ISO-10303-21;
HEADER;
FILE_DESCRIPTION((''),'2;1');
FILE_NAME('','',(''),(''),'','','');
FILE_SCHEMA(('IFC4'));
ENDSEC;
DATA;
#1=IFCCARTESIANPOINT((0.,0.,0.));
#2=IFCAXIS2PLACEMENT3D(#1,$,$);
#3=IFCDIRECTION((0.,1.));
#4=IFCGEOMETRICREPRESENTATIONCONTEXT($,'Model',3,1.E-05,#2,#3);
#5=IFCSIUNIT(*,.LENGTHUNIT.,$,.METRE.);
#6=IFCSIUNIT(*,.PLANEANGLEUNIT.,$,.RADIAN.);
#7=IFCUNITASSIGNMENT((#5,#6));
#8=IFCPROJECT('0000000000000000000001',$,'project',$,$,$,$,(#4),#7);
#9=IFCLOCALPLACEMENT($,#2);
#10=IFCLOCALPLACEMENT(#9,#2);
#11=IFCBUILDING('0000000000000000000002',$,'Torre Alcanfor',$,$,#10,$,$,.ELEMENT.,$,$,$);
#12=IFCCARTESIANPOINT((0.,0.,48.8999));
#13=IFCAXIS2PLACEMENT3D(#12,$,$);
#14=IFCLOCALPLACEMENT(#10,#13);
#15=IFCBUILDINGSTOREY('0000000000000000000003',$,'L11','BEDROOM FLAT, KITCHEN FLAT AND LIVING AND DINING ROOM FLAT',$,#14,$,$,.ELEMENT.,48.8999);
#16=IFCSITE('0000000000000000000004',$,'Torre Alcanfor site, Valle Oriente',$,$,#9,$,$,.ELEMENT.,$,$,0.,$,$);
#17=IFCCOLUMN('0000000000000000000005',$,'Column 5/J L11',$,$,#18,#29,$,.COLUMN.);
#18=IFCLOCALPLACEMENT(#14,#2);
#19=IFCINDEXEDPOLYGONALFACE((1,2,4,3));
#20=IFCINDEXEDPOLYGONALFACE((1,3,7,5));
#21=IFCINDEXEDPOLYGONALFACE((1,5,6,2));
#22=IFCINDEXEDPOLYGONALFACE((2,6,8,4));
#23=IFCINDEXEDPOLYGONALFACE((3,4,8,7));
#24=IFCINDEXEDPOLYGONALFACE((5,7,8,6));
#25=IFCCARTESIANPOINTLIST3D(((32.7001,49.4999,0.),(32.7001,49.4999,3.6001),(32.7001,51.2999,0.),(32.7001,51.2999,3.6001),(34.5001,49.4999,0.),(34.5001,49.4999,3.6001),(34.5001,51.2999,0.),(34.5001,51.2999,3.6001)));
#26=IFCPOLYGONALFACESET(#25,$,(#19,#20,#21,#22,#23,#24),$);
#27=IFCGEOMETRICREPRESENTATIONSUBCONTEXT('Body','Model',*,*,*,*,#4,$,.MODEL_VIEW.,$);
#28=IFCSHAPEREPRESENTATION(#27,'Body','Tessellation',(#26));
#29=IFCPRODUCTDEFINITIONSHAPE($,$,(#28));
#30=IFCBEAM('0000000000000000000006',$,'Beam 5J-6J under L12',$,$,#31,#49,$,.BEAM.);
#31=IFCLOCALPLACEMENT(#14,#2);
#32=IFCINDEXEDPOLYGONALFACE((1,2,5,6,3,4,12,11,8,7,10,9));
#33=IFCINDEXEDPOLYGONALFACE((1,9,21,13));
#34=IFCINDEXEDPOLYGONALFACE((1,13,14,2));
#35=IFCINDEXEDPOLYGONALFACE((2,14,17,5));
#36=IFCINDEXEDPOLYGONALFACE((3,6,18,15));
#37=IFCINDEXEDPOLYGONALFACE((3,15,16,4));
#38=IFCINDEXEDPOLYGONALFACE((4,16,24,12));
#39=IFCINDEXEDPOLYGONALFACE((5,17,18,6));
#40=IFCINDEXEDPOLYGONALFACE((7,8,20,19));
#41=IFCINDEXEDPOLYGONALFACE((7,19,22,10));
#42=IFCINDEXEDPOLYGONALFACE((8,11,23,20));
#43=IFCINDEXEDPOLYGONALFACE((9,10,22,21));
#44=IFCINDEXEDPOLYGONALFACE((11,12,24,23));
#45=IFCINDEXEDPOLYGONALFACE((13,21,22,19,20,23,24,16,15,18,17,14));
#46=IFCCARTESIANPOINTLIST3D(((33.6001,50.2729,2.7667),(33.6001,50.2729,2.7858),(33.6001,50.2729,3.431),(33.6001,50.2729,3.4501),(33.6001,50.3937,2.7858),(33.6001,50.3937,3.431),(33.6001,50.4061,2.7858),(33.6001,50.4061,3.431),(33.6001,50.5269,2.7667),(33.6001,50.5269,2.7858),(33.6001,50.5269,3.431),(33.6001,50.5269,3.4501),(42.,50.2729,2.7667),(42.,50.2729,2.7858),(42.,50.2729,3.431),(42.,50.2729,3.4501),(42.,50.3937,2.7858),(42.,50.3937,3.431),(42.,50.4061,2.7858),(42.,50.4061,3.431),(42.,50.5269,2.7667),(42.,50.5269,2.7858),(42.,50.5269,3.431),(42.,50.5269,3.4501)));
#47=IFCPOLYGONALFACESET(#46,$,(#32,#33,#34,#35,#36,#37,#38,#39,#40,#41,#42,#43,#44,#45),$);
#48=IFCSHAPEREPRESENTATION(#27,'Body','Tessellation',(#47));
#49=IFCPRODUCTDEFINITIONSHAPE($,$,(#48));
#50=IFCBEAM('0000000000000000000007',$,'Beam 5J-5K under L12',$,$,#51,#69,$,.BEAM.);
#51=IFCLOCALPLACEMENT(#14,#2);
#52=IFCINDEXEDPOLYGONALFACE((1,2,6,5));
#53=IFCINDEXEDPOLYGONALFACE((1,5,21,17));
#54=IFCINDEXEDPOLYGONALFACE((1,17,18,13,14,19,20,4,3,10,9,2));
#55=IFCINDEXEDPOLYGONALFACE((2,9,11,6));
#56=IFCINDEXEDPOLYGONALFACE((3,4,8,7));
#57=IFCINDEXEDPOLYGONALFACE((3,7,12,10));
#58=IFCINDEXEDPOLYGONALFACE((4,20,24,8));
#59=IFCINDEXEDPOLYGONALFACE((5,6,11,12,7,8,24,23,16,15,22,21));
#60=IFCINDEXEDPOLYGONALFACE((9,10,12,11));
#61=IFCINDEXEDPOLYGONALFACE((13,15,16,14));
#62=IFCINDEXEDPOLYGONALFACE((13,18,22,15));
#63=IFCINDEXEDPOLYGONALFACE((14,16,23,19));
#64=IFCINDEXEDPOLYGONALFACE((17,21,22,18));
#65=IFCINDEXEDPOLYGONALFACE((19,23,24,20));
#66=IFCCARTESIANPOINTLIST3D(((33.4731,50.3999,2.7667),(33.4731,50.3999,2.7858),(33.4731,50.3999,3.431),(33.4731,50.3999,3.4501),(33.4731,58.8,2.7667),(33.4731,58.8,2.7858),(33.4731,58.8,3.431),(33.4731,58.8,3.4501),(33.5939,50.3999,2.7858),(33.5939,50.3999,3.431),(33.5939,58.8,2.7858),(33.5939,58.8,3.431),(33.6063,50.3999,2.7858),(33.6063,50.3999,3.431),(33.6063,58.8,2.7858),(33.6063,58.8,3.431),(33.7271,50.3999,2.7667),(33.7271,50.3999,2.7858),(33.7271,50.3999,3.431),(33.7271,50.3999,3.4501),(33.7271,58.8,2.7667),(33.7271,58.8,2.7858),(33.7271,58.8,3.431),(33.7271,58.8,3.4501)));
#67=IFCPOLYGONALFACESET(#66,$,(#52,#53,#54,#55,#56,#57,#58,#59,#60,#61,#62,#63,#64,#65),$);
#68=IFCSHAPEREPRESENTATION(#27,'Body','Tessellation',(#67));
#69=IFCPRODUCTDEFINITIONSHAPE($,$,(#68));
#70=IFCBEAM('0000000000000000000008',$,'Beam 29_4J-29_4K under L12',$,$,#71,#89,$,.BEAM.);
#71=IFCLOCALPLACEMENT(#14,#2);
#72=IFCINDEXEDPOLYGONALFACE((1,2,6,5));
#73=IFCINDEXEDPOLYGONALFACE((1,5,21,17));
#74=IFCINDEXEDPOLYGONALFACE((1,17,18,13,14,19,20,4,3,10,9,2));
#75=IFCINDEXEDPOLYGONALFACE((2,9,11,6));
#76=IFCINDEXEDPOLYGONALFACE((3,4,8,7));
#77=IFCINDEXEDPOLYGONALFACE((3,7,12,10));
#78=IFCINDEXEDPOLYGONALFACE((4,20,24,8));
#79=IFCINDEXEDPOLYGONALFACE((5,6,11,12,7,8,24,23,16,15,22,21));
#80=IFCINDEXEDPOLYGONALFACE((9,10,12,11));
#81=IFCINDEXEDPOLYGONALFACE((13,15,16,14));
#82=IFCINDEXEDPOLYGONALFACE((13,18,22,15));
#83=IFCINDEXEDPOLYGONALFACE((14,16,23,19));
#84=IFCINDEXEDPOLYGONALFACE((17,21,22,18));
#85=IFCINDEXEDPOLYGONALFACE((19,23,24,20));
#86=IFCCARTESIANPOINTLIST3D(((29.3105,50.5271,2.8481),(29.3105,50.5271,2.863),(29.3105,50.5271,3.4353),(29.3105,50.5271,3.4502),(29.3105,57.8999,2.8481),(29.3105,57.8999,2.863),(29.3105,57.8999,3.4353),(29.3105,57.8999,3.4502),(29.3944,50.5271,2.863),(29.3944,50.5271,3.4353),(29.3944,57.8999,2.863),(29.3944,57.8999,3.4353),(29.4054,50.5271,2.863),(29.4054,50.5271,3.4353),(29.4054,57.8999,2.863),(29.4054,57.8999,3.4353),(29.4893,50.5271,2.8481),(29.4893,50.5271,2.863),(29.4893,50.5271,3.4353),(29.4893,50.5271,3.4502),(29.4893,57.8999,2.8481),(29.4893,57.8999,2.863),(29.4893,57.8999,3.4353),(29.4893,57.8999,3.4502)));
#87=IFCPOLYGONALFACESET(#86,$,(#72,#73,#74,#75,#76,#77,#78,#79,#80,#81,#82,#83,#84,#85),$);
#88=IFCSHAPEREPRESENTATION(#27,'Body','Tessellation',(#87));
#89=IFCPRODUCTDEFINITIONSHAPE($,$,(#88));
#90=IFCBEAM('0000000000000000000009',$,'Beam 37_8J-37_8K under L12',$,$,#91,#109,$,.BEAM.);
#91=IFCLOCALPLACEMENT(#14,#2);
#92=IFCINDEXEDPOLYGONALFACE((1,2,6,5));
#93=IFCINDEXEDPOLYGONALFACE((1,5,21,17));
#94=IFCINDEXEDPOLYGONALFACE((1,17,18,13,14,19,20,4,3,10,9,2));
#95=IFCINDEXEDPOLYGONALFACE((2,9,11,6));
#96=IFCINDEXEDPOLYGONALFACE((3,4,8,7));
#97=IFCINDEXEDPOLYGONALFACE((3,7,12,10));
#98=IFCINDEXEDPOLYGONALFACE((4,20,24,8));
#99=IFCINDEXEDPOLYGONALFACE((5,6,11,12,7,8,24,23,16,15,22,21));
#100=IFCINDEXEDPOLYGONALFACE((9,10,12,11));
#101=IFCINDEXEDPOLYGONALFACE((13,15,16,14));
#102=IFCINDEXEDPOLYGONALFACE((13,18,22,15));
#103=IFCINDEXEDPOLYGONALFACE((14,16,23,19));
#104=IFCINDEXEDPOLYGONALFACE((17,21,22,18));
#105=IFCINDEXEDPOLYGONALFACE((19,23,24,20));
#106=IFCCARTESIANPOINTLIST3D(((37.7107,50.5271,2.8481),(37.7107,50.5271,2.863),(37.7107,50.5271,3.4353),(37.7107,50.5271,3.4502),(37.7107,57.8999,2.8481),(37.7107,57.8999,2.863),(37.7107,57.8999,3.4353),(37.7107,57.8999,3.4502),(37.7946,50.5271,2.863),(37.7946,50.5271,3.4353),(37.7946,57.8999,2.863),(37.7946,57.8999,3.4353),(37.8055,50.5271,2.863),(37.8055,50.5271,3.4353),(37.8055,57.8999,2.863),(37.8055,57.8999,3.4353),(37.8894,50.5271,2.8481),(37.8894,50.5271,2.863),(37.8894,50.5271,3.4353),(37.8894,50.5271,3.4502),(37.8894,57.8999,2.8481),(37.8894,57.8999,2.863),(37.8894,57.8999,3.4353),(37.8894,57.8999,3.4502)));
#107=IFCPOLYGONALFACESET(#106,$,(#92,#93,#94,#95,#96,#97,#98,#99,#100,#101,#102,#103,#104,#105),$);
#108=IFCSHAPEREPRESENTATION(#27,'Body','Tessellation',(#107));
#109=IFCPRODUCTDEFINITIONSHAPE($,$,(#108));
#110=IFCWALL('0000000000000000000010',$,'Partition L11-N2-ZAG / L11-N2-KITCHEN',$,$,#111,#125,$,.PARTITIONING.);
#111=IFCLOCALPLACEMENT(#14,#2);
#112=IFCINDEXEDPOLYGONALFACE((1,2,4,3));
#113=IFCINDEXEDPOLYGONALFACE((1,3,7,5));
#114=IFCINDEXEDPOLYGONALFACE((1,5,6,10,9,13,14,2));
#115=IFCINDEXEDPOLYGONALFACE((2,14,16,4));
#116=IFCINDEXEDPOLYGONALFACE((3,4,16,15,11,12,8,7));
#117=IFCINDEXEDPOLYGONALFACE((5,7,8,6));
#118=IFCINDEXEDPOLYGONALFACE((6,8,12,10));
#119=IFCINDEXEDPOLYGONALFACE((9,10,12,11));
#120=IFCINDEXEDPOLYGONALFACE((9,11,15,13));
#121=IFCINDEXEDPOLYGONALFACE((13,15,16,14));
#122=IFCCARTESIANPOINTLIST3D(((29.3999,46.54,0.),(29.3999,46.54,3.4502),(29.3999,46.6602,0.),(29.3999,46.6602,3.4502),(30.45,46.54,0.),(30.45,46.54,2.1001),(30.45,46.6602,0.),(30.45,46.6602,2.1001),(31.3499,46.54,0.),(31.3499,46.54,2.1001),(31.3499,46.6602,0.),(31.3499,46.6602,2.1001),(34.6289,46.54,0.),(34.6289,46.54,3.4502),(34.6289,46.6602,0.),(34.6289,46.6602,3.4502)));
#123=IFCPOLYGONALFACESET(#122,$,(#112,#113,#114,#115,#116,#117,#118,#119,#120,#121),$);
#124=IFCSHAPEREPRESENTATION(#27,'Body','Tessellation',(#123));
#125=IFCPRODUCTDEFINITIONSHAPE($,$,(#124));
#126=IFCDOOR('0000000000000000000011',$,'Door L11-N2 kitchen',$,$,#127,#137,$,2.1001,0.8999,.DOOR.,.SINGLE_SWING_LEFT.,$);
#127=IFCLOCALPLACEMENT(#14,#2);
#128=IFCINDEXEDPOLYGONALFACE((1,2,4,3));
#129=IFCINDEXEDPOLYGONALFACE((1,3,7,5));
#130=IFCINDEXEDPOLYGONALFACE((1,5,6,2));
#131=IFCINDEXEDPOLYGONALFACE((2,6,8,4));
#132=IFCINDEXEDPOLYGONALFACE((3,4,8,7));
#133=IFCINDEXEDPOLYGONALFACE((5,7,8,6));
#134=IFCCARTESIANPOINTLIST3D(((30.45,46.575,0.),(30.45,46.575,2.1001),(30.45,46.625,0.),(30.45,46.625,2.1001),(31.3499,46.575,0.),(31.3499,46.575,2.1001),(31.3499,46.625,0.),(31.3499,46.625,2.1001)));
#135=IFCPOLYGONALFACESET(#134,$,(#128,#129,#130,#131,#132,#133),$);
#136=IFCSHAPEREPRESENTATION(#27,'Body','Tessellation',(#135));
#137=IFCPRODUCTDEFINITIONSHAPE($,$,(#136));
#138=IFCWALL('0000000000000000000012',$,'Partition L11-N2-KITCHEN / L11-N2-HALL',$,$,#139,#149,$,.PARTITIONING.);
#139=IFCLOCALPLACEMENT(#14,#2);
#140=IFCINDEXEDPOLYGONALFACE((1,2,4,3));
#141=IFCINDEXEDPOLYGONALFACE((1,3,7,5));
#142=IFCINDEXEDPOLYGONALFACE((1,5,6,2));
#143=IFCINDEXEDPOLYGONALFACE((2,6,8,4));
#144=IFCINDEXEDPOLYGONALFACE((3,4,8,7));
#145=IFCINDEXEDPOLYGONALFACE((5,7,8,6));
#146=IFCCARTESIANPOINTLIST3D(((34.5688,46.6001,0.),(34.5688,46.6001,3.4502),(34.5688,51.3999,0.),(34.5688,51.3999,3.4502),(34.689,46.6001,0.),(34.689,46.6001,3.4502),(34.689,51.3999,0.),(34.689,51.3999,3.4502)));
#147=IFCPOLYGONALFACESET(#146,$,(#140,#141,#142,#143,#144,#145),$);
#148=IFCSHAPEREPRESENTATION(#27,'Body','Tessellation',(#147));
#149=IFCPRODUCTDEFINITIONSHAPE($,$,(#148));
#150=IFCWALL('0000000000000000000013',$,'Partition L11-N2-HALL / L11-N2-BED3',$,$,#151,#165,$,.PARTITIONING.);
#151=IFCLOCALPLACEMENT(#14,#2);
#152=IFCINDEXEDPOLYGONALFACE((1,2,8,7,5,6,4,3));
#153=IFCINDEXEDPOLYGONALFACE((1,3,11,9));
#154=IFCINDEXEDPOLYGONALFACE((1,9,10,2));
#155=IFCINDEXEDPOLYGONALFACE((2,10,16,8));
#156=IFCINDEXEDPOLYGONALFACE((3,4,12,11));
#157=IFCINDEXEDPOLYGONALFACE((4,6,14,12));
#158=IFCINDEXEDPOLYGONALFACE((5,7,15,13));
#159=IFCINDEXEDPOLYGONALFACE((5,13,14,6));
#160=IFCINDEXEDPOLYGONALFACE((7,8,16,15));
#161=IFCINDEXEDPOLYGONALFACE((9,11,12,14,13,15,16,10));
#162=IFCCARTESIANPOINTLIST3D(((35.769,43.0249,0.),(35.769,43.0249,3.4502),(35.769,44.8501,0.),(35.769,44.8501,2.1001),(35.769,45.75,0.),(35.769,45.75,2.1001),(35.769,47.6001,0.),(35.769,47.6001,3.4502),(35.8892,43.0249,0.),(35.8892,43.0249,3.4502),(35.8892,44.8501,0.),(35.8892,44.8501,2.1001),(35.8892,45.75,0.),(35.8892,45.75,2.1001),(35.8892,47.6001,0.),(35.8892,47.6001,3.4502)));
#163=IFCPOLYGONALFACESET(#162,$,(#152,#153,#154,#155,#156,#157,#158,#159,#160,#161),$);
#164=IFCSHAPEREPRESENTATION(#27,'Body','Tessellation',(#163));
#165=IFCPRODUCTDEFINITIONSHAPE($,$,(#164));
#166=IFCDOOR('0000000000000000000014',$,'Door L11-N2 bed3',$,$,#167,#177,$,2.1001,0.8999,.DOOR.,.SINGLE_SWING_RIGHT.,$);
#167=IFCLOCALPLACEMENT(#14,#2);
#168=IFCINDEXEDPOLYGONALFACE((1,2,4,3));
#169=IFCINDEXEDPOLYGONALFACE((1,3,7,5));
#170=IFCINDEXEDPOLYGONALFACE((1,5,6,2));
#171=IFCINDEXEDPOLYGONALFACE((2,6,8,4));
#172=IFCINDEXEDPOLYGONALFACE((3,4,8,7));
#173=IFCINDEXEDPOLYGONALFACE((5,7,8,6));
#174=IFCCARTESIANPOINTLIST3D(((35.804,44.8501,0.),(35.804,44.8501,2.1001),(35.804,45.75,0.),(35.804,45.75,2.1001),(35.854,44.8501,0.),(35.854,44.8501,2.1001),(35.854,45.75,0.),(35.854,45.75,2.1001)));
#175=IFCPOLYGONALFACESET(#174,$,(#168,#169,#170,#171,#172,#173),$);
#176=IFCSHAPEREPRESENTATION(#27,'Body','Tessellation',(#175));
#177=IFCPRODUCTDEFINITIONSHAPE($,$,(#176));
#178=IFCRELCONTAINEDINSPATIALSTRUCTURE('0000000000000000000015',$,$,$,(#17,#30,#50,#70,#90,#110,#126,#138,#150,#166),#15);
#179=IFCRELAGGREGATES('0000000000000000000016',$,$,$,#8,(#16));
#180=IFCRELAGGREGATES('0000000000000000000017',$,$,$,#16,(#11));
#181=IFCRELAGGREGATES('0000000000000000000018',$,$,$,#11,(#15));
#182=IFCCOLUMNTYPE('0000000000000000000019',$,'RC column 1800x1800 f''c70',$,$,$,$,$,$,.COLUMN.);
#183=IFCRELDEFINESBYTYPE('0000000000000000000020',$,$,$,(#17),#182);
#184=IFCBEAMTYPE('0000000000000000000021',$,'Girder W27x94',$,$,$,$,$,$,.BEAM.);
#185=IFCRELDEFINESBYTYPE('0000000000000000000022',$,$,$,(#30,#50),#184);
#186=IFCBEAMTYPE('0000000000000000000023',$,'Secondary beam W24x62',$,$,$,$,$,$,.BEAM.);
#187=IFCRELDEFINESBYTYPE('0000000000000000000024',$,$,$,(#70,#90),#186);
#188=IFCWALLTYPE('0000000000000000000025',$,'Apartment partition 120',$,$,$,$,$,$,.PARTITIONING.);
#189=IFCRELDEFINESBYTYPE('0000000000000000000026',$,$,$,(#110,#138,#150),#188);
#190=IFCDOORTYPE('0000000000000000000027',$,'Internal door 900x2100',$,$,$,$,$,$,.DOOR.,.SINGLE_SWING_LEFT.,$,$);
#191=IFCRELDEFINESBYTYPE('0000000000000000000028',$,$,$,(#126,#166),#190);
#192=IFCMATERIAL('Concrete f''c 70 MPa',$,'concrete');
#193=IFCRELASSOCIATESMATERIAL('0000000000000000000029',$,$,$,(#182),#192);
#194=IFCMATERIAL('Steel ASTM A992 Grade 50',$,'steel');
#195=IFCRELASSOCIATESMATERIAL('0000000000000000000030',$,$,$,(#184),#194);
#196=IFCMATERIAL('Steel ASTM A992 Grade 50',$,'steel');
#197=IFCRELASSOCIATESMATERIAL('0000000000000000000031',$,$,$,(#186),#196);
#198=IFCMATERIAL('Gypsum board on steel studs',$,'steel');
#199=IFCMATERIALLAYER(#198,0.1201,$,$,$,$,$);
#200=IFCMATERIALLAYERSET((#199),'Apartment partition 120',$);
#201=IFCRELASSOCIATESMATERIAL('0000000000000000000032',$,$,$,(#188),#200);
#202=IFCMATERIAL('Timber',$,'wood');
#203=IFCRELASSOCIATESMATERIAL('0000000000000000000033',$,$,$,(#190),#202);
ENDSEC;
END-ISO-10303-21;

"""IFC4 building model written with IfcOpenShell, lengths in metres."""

from ifc_helpers import new_model, si_unit, direction, frame, frame_2d, origin, origin_2d, place, context, subcontext, project, spatial, rectangle, i_section, extrude, material, layer, layer_set, material_profile, profile_set, type_object, element, fill, save


model = new_model("IFC4")

# Units and contexts
model_context = context("Model", 3, precision=1e-05, world=origin(), true_north=direction((0.0, 1.0)))
body_context = subcontext(model_context, "Body", "Model", "MODEL_VIEW")
ifc_project = project(units=[si_unit("LENGTHUNIT", "METRE"), si_unit("PLANEANGLEUNIT", "RADIAN")], contexts=[model_context])

# Site, building, storey
site_placement = place(None, origin())
site = spatial("IfcSite", under=ifc_project, at=site_placement, Name="Torre Alcanfor site, Valle Oriente", CompositionType="ELEMENT", RefElevation=0.0)
building_placement = place(site_placement, origin())
building = spatial("IfcBuilding", under=site, at=building_placement, Name="Torre Alcanfor", CompositionType="ELEMENT")
storey_placement = place(building_placement, frame((0.0, 0.0, 48.8999)))
storey = spatial("IfcBuildingStorey", under=building, at=storey_placement, Name="L11", Description="BEDROOM FLAT, KITCHEN FLAT AND LIVING AND DINING ROOM FLAT", CompositionType="ELEMENT", Elevation=48.8999)

# Column
ifc_material_1 = material(Name="Concrete f'c 70 MPa", Category="concrete")
ifc_material_profile_1 = material_profile(ifc_material_1, rectangle(XDim=1.8, YDim=1.8, at=origin_2d()), Name="1800x1800")
ifc_profile_set_1 = profile_set([ifc_material_profile_1], Name="Concrete f'c 70 MPa")
column_type = type_object("IfcColumnType", Name="RC column 1800x1800 f'c70", PredefinedType="COLUMN", material=ifc_profile_set_1)
column_placement = place(storey_placement, frame((33.6001, 50.3999, 0.0), z_axis=(0.0, 0.0, 1.0), x_axis=(1.0, 0.0, 0.0)))
element("IfcColumn", 1, at=column_placement, inside=storey, type_object=column_type, Name="Column 5/J L11", PredefinedType="COLUMN", context=body_context, shape_type="SweptSolid", body=[
    extrude(rectangle(XDim=1.8, YDim=1.8, at=origin_2d()), origin(), (0.0, 0.0, 1.0), 3.6001),
])

# Beams
ifc_material_2 = material(Name="Steel ASTM A992 Grade 50", Category="steel")
ifc_material_profile_2 = material_profile(ifc_material_2, i_section(OverallWidth=0.2539, OverallDepth=0.6833, WebThickness=0.0125, FlangeThickness=0.019, at=origin_2d()), Name="W27x94")
ifc_profile_set_2 = profile_set([ifc_material_profile_2], Name="Steel ASTM A992 Grade 50")
beam_type_1 = type_object("IfcBeamType", Name="Girder W27x94", PredefinedType="BEAM", material=ifc_profile_set_2)
beam_1_placement = place(storey_placement, frame((33.6001, 50.3999, 3.1084), z_axis=(1.0, 0.0, 0.0), x_axis=(0.0, 1.0, 0.0)))
element("IfcBeam", 2, at=beam_1_placement, inside=storey, type_object=beam_type_1, Name="Beam 5J-6J under L12", PredefinedType="BEAM", context=body_context, shape_type="SweptSolid", body=[
    extrude(i_section(OverallWidth=0.2539, OverallDepth=0.6833, WebThickness=0.0125, FlangeThickness=0.019, at=origin_2d()), origin(), (0.0, 0.0, 1.0), 8.3999),
])
beam_2_placement = place(storey_placement, frame((33.6001, 50.3999, 3.1084), z_axis=(0.0, 1.0, 0.0), x_axis=(-1.0, 0.0, 0.0)))
element("IfcBeam", 3, at=beam_2_placement, inside=storey, type_object=beam_type_1, Name="Beam 5J-5K under L12", PredefinedType="BEAM", context=body_context, shape_type="SweptSolid", body=[
    extrude(i_section(OverallWidth=0.2539, OverallDepth=0.6833, WebThickness=0.0125, FlangeThickness=0.019, at=origin_2d()), origin(), (0.0, 0.0, 1.0), 8.4001),
])
ifc_material_3 = material(Name="Steel ASTM A992 Grade 50", Category="steel")
ifc_material_profile_3 = material_profile(ifc_material_3, i_section(OverallWidth=0.1787, OverallDepth=0.6021, WebThickness=0.011, FlangeThickness=0.0149, at=origin_2d()), Name="W24x62")
ifc_profile_set_3 = profile_set([ifc_material_profile_3], Name="Steel ASTM A992 Grade 50")
beam_type_2 = type_object("IfcBeamType", Name="Secondary beam W24x62", PredefinedType="BEAM", material=ifc_profile_set_3)
for number, where, z_axis, x_axis, name in (
    (4, (29.3999, 50.5271, 3.1492), (0.0, 1.0, 0.0), (-1.0, 0.0, 0.0), "Beam 29_4J-29_4K under L12"),
    (5, (37.8, 50.5271, 3.1492), (0.0, 1.0, 0.0), (-1.0, 0.0, 0.0), "Beam 37_8J-37_8K under L12"),
):
    element("IfcBeam", number, at=place(storey_placement, frame(where, z_axis=z_axis, x_axis=x_axis)), inside=storey, type_object=beam_type_2, Name=name, PredefinedType="BEAM", context=body_context, shape_type="SweptSolid", body=[
        extrude(i_section(OverallWidth=0.1787, OverallDepth=0.6021, WebThickness=0.011, FlangeThickness=0.0149, at=origin_2d()), origin(), (0.0, 0.0, 1.0), 7.3728),
    ])

# Wall, opening, door
ifc_material_4 = material(Name="Gypsum board on steel studs", Category="steel")
ifc_layer_1 = layer(ifc_material_4, 0.1201)
ifc_layer_set_1 = layer_set([ifc_layer_1], Name="Apartment partition 120")
wall_type_1 = type_object("IfcWallType", Name="Apartment partition 120", PredefinedType="PARTITIONING", material=ifc_layer_set_1)
wall_1_placement = place(storey_placement, frame((29.3999, 46.6001, 0.0), z_axis=(0.0, 0.0, 1.0), x_axis=(1.0, 0.0, 0.0)))
wall_1 = element("IfcWall", 6, at=wall_1_placement, inside=storey, type_object=wall_type_1, Name="Partition L11-N2-ZAG / L11-N2-KITCHEN", PredefinedType="PARTITIONING", context=body_context, shape_type="SweptSolid", body=[
    extrude(rectangle(XDim=5.229, YDim=0.1201, at=frame_2d((2.6145, 0.0))), origin(), (0.0, 0.0, 1.0), 3.4502),
])
opening_1_placement = place(wall_1_placement, frame((1.05, 0.0, 0.0)))
opening_1 = element("IfcOpeningElement", 7, at=opening_1_placement, cuts=wall_1, PredefinedType="OPENING", context=body_context, shape_type="SweptSolid", body=[
    extrude(rectangle(XDim=0.8999, YDim=2.1001, at=frame_2d((0.45, 1.05))), frame((0.0, 0.0701, 0.0), z_axis=(0.0, -1.0, 0.0), x_axis=(1.0, 0.0, 0.0)), (0.0, 0.0, 1.0), 0.1401),
])
ifc_material_5 = material(Name="Timber", Category="wood")
door_type_1 = type_object("IfcDoorType", Name="Internal door 900x2100", OperationType="SINGLE_SWING_LEFT", PredefinedType="DOOR", material=ifc_material_5)
door_1_placement = place(opening_1_placement, origin())
door_1 = element("IfcDoor", 8, at=door_1_placement, inside=storey, type_object=door_type_1, Name="Door L11-N2 kitchen", OperationType="SINGLE_SWING_LEFT", OverallHeight=2.1001, OverallWidth=0.8999, PredefinedType="DOOR", context=body_context, shape_type="SweptSolid", body=[
    extrude(rectangle(XDim=0.8999, YDim=2.1001, at=frame_2d((0.45, 1.05))), frame((0.0, 0.0249, 0.0), z_axis=(0.0, -1.0, 0.0), x_axis=(1.0, 0.0, 0.0)), (0.0, 0.0, 1.0), 0.05),
])
fill(opening_1, door_1)

# Wall
wall_2_placement = place(storey_placement, frame((34.6289, 51.3999, 0.0), z_axis=(0.0, 0.0, 1.0), x_axis=(0.0, -1.0, 0.0)))
element("IfcWall", 9, at=wall_2_placement, inside=storey, type_object=wall_type_1, Name="Partition L11-N2-KITCHEN / L11-N2-HALL", PredefinedType="PARTITIONING", context=body_context, shape_type="SweptSolid", body=[
    extrude(rectangle(XDim=4.7998, YDim=0.1201, at=frame_2d((2.3999, 0.0))), origin(), (0.0, 0.0, 1.0), 3.4502),
])

# Wall, opening, door
wall_3_placement = place(storey_placement, frame((35.8291, 47.6001, 0.0), z_axis=(0.0, 0.0, 1.0), x_axis=(0.0, -1.0, 0.0)))
wall_3 = element("IfcWall", 10, at=wall_3_placement, inside=storey, type_object=wall_type_1, Name="Partition L11-N2-HALL / L11-N2-BED3", PredefinedType="PARTITIONING", context=body_context, shape_type="SweptSolid", body=[
    extrude(rectangle(XDim=4.5752, YDim=0.1201, at=frame_2d((2.2876, 0.0))), origin(), (0.0, 0.0, 1.0), 3.4502),
])
opening_2_placement = place(wall_3_placement, frame((1.8501, 0.0, 0.0)))
opening_2 = element("IfcOpeningElement", 11, at=opening_2_placement, cuts=wall_3, PredefinedType="OPENING", context=body_context, shape_type="SweptSolid", body=[
    extrude(rectangle(XDim=0.8999, YDim=2.1001, at=frame_2d((0.45, 1.05))), frame((0.0, 0.0701, 0.0), z_axis=(0.0, -1.0, 0.0), x_axis=(1.0, 0.0, 0.0)), (0.0, 0.0, 1.0), 0.1401),
])
door_2_placement = place(opening_2_placement, origin())
door_2 = element("IfcDoor", 12, at=door_2_placement, inside=storey, type_object=door_type_1, Name="Door L11-N2 bed3", OperationType="SINGLE_SWING_RIGHT", OverallHeight=2.1001, OverallWidth=0.8999, PredefinedType="DOOR", context=body_context, shape_type="SweptSolid", body=[
    extrude(rectangle(XDim=0.8999, YDim=2.1001, at=frame_2d((0.45, 1.05))), frame((0.0, 0.0249, 0.0), z_axis=(0.0, -1.0, 0.0), x_axis=(1.0, 0.0, 0.0)), (0.0, 0.0, 1.0), 0.05),
])
fill(opening_2, door_2)

save(model, "model.ifc")
